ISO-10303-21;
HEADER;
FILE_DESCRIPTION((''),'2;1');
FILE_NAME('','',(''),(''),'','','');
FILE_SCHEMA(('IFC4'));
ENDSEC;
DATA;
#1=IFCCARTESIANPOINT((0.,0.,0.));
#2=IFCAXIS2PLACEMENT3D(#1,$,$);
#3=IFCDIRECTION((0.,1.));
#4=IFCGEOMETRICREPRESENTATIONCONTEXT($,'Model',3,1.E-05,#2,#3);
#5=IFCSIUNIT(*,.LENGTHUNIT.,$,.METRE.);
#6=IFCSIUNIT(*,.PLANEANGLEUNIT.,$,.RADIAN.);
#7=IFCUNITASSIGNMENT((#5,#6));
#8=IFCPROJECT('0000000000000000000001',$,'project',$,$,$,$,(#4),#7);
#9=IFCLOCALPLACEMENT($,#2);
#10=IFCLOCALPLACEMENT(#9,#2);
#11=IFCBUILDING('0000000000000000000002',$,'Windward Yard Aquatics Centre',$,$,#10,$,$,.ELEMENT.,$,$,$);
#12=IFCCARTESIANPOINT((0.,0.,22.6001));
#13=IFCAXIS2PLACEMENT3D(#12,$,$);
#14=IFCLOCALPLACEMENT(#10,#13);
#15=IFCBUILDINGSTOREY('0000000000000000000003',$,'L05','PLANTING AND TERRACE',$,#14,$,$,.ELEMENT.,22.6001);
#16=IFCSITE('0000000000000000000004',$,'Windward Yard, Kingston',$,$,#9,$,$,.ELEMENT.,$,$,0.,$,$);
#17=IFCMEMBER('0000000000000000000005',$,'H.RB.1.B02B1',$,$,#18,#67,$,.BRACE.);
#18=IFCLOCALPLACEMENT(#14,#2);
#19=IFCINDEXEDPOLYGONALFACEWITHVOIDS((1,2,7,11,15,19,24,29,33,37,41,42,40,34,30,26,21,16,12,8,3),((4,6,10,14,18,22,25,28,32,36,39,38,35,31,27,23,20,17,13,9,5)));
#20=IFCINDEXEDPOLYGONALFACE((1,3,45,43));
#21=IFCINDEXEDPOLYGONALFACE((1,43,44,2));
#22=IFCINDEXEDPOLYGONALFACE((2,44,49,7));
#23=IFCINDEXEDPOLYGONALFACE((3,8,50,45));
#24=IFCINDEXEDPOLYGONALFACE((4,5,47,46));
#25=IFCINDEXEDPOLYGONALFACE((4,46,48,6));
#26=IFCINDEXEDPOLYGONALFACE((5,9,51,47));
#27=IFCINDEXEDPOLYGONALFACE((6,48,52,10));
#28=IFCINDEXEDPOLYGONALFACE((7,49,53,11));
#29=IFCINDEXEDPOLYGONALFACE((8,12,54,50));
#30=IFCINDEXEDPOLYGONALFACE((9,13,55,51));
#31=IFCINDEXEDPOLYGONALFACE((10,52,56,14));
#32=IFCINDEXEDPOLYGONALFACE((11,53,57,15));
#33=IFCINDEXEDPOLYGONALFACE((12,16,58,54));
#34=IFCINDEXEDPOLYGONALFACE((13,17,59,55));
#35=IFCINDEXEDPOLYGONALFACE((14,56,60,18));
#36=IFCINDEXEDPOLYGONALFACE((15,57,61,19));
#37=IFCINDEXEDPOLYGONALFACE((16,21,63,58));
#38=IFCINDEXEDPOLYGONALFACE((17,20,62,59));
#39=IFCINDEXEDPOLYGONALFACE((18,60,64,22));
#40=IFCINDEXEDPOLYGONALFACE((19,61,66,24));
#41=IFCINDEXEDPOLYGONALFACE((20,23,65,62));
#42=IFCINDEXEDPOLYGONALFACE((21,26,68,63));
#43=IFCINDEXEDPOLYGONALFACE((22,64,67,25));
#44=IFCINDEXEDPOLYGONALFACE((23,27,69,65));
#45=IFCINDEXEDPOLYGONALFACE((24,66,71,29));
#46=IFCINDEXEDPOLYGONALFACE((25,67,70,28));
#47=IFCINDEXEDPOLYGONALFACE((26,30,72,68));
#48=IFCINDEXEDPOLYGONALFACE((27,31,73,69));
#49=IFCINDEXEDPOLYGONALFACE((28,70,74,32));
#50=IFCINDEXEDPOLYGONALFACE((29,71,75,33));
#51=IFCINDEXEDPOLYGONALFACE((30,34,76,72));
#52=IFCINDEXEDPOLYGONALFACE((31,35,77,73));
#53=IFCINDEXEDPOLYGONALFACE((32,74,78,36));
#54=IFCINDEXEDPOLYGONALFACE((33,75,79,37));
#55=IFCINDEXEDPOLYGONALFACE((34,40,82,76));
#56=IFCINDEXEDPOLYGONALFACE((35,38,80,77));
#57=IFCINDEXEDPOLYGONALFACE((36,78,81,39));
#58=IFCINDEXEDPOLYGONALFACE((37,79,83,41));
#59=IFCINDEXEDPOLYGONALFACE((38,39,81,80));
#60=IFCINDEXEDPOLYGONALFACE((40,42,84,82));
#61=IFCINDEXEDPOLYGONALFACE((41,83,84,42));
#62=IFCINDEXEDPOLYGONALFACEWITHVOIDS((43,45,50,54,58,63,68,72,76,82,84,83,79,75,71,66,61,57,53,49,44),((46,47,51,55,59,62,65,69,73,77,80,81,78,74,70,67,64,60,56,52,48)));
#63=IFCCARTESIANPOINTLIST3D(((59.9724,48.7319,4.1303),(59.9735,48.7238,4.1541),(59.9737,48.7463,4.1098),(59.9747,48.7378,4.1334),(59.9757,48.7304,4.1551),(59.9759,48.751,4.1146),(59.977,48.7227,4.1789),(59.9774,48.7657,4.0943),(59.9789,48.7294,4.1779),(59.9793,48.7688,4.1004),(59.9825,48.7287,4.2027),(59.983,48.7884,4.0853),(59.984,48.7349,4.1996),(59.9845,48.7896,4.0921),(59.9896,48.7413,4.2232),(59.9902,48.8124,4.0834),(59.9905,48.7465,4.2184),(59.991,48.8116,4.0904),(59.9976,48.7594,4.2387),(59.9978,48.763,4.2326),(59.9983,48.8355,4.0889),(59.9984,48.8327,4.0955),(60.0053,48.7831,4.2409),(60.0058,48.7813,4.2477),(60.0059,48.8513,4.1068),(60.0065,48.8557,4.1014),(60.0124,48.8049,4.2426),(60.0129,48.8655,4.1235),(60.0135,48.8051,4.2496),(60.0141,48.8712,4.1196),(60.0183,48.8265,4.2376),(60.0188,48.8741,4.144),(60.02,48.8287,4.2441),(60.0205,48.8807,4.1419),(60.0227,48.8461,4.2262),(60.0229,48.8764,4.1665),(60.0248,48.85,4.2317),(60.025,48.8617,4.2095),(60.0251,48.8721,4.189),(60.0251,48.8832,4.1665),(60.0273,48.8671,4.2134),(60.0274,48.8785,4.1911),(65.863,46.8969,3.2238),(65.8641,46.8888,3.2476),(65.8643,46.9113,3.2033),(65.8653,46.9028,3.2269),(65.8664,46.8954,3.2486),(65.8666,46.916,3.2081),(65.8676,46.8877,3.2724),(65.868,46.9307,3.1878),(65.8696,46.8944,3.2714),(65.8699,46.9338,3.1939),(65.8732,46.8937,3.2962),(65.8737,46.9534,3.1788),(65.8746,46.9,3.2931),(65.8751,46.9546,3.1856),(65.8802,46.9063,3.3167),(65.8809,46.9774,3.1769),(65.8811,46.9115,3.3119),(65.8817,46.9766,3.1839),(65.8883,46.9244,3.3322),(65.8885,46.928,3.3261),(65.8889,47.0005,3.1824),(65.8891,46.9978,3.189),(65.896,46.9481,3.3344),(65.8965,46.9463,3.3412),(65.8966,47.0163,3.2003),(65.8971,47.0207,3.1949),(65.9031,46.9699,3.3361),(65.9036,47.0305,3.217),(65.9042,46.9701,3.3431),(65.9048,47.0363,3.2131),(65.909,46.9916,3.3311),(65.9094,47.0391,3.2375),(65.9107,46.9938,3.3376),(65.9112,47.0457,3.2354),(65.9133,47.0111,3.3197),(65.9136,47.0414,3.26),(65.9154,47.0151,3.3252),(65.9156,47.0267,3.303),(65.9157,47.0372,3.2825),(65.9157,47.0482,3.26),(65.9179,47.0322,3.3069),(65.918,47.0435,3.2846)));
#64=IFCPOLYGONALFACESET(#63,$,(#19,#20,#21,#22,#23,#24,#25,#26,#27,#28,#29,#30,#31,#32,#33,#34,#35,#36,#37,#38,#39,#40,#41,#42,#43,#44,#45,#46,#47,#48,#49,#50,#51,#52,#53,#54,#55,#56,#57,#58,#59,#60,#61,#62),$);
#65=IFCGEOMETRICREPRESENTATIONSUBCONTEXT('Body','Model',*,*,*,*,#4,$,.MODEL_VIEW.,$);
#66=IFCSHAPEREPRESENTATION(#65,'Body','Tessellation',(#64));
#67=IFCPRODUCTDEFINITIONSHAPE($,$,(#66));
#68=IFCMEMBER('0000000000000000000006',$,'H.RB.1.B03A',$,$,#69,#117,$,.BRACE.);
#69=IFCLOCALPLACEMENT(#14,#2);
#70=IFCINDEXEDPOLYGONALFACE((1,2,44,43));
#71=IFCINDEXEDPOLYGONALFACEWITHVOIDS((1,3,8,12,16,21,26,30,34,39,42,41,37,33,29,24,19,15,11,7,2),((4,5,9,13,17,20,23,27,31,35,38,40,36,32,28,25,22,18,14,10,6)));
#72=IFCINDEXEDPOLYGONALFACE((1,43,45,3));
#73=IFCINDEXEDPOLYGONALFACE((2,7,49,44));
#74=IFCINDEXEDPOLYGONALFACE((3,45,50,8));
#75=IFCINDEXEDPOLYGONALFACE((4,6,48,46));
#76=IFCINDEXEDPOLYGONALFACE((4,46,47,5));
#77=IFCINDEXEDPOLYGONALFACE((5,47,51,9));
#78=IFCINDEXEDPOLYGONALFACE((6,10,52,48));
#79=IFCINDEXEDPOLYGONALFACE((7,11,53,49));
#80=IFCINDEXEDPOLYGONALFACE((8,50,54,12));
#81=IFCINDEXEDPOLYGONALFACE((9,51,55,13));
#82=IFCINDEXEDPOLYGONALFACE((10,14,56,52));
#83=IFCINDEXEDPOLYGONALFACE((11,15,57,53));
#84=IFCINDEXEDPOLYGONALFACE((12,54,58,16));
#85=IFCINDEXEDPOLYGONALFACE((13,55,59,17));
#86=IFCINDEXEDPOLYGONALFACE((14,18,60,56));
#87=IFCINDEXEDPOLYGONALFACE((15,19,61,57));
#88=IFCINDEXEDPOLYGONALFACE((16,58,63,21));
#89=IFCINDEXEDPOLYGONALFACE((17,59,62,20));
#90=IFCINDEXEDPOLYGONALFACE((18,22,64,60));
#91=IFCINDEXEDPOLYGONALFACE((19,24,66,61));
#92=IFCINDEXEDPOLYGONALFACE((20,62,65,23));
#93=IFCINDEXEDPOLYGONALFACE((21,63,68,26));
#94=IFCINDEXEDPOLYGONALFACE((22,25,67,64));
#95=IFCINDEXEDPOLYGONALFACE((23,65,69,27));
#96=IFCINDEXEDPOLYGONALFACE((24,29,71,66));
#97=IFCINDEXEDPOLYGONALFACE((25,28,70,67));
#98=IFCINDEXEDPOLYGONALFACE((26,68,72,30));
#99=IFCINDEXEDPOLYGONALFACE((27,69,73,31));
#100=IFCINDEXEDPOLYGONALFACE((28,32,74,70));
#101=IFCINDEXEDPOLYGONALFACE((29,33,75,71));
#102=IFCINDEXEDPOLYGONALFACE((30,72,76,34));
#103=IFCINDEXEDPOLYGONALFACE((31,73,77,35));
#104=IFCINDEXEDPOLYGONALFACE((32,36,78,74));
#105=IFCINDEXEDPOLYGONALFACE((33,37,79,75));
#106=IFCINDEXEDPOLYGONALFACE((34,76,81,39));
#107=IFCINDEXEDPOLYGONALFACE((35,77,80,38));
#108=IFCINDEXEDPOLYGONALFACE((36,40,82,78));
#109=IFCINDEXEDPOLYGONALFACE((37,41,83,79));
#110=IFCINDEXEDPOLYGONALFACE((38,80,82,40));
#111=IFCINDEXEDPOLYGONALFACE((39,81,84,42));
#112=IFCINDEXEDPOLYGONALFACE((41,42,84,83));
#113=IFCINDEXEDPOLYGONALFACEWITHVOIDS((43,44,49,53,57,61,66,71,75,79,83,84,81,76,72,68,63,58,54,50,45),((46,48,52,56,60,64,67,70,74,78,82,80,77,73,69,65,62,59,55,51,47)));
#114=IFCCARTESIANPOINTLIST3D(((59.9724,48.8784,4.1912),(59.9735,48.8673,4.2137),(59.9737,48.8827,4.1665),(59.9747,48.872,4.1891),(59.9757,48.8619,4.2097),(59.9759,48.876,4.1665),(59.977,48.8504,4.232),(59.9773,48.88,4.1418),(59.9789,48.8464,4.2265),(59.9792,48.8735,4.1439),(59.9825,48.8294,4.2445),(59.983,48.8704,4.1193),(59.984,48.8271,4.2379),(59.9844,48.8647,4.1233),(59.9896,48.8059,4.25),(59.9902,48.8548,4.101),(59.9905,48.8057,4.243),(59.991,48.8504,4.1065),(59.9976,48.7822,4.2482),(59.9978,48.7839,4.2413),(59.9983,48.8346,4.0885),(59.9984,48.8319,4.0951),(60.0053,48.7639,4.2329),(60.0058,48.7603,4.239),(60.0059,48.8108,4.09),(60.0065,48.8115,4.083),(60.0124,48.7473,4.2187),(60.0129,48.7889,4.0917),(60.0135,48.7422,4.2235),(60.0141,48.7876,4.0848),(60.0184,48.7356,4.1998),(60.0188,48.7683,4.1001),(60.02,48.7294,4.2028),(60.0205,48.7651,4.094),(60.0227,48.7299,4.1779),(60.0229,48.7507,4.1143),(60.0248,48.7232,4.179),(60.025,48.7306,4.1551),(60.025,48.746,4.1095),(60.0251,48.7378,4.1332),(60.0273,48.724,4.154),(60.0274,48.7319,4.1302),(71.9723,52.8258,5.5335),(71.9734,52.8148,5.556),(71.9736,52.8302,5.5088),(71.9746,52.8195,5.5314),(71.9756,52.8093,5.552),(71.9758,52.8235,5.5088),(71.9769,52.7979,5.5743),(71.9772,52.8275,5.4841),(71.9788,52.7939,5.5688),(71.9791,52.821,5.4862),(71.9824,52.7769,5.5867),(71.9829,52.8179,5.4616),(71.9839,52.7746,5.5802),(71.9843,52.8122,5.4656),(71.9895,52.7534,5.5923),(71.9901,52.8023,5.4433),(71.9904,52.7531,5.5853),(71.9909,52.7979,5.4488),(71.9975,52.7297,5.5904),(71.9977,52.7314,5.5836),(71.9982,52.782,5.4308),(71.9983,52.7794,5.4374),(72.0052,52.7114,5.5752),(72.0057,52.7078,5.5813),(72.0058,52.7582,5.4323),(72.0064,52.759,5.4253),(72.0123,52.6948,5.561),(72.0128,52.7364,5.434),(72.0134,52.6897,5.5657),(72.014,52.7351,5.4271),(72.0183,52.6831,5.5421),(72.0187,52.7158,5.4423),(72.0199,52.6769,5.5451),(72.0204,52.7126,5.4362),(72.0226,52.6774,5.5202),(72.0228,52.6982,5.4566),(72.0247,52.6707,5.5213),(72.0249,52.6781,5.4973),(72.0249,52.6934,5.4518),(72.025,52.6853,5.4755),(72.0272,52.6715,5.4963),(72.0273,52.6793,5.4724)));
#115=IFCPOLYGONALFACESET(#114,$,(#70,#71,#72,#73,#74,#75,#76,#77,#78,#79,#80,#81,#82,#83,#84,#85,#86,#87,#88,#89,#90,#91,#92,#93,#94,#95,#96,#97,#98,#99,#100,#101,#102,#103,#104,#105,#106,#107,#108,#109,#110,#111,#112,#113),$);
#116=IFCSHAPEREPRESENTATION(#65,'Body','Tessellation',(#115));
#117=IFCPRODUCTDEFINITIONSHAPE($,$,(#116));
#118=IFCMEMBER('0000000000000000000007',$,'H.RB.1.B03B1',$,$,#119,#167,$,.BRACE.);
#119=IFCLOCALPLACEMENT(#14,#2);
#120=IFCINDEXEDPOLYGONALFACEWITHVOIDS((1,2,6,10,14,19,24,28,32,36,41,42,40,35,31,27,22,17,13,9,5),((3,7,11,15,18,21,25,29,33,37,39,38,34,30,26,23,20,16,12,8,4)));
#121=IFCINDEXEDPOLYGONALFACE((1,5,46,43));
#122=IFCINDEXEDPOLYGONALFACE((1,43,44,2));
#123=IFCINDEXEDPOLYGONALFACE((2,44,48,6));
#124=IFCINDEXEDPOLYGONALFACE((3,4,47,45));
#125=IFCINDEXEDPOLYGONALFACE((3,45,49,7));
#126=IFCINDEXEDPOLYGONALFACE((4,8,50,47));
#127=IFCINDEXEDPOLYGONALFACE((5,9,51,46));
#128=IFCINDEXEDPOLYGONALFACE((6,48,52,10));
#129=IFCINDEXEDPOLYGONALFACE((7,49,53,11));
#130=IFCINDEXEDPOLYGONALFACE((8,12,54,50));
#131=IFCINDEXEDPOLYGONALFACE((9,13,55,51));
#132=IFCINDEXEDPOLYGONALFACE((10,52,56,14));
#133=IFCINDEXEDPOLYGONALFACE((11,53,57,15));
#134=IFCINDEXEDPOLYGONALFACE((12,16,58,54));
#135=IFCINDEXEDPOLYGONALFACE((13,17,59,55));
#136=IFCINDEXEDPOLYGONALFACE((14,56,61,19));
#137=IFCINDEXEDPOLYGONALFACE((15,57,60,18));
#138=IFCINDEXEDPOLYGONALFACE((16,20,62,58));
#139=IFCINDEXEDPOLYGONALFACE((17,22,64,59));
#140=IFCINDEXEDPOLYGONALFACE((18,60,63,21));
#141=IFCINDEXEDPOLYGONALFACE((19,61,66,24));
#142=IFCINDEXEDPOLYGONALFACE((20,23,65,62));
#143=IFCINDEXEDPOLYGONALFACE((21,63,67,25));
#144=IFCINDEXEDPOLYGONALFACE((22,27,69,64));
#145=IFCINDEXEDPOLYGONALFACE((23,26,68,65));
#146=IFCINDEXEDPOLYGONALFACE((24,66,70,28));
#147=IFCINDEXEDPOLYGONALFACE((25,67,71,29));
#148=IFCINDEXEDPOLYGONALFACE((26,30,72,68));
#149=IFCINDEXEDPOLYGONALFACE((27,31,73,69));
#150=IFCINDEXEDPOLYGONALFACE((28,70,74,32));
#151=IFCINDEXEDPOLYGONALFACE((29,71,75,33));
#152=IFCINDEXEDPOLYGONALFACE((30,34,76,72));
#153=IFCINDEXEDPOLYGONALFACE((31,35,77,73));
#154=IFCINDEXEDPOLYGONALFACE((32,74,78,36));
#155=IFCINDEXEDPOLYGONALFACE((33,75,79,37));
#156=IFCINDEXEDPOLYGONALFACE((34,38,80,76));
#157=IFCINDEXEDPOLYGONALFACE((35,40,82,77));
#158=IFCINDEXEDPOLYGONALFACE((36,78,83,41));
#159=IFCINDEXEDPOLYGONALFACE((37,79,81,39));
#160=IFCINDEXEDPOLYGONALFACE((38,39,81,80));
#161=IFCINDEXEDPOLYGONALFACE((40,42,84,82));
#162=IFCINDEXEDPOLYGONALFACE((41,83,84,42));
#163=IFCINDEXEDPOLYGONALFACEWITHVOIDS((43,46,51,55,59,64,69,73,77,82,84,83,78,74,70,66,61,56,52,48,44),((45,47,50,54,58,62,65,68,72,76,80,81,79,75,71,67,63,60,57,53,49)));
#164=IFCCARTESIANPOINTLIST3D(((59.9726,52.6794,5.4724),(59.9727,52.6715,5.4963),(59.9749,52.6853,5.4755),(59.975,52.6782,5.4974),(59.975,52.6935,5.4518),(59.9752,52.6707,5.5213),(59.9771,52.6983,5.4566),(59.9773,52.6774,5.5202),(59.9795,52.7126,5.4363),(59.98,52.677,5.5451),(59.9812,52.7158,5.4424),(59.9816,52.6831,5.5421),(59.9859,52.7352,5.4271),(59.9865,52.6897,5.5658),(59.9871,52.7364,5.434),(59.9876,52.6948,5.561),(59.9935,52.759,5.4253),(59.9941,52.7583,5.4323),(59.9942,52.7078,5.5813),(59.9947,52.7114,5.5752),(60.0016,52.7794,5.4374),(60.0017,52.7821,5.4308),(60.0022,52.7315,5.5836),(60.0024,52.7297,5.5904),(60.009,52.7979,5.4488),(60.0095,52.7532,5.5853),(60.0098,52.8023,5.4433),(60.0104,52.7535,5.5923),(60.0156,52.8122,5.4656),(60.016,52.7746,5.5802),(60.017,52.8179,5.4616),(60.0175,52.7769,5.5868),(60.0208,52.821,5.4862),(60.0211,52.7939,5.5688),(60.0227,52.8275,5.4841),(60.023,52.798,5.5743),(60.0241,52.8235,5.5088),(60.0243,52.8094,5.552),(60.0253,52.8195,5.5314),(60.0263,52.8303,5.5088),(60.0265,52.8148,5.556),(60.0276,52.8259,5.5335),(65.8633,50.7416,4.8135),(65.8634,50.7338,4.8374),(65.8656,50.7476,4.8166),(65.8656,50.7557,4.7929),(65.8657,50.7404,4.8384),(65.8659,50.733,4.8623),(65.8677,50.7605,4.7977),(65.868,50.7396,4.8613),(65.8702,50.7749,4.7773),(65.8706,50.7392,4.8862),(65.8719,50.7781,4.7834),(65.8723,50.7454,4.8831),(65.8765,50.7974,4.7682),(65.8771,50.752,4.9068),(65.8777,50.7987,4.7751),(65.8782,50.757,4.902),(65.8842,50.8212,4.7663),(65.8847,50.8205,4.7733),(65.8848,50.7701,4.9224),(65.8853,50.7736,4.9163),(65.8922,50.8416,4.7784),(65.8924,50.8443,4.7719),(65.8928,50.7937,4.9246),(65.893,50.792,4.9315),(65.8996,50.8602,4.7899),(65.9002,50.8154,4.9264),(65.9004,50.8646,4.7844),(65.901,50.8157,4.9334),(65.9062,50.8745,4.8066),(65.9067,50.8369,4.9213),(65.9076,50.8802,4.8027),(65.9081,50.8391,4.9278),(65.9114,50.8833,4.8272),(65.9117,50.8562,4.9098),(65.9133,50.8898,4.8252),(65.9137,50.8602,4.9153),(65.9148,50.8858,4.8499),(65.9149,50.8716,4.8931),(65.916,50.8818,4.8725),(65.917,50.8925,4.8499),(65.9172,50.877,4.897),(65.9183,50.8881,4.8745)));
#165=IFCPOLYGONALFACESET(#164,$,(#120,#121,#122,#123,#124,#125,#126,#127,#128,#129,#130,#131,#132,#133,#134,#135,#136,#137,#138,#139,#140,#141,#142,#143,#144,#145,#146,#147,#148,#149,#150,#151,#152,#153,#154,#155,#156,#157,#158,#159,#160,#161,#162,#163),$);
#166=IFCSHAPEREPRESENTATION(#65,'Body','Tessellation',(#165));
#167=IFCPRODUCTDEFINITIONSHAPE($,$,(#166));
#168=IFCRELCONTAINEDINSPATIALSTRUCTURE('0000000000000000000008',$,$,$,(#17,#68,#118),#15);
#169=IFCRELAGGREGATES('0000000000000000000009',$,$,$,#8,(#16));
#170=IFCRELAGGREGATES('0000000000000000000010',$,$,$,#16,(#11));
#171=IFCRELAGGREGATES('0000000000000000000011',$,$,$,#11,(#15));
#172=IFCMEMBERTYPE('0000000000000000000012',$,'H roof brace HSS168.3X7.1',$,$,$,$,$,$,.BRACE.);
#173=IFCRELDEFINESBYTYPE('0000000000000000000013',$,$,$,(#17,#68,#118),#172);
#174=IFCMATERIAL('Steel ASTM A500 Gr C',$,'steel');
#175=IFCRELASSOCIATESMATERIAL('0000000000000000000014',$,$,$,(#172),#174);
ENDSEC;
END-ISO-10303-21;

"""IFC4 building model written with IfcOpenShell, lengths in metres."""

from ifc_helpers import new_model, si_unit, direction, frame, origin, origin_2d, place, context, subcontext, project, spatial, hollow_circle, extrude, material, material_profile, profile_set, type_object, element, save


model = new_model("IFC4")

# Units and contexts
model_context = context("Model", 3, precision=1e-05, world=origin(), true_north=direction((0.0, 1.0)))
body_context = subcontext(model_context, "Body", "Model", "MODEL_VIEW")
ifc_project = project(units=[si_unit("LENGTHUNIT", "METRE"), si_unit("PLANEANGLEUNIT", "RADIAN")], contexts=[model_context])

# Site, building, storey
site_placement = place(None, origin())
site = spatial("IfcSite", under=ifc_project, at=site_placement, Name="Windward Yard, Kingston", CompositionType="ELEMENT", RefElevation=0.0)
building_placement = place(site_placement, origin())
building = spatial("IfcBuilding", under=site, at=building_placement, Name="Windward Yard Aquatics Centre", CompositionType="ELEMENT")
storey_placement = place(building_placement, frame((0.0, 0.0, 22.6001)))
storey = spatial("IfcBuildingStorey", under=building, at=storey_placement, Name="L05", Description="PLANTING AND TERRACE", CompositionType="ELEMENT", Elevation=22.6001)

# Members
ifc_material_1 = material(Name="Steel ASTM A500 Gr C", Category="steel")
ifc_material_profile_1 = material_profile(ifc_material_1, hollow_circle(Radius=0.0842, WallThickness=0.0071, at=origin_2d()), Name="HSS168.3X7.1")
ifc_profile_set_1 = profile_set([ifc_material_profile_1], Name="Steel ASTM A500 Gr C")
member_type_1 = type_object("IfcMemberType", Name="H roof brace HSS168.3X7.1", PredefinedType="BRACE", material=ifc_profile_set_1)
member_1_placement = place(storey_placement, frame((60.0, 48.8027, 4.1665), z_axis=(0.944609, -0.294251, -0.145364), x_axis=(0.29741, 0.95475, 0.0)))
element("IfcMember", 1, at=member_1_placement, inside=storey, type_object=member_type_1, Name="H.RB.1.B02B1", PredefinedType="BRACE", context=body_context, shape_type="SweptSolid", body=[
    extrude(hollow_circle(Radius=0.0842, WallThickness=0.0071, at=origin_2d()), origin(), (0.0, 0.0, 1.0), 6.2361),
])
member_2_placement = place(storey_placement, frame((60.0, 48.8027, 4.1665), z_axis=(0.944605, 0.310736, 0.105661), x_axis=(-0.312486, 0.949922, 0.0)))
element("IfcMember", 2, at=member_2_placement, inside=storey, type_object=member_type_1, Name="H.RB.1.B03A", PredefinedType="BRACE", context=body_context, shape_type="SweptSolid", body=[
    extrude(hollow_circle(Radius=0.0842, WallThickness=0.0071, at=origin_2d()), origin(), (0.0, 0.0, 1.0), 12.7036),
])
member_3_placement = place(storey_placement, frame((60.0, 52.7502, 5.5088), z_axis=(0.944606, -0.310732, -0.105665), x_axis=(0.312481, 0.949924, 0.0)))
element("IfcMember", 3, at=member_3_placement, inside=storey, type_object=member_type_1, Name="H.RB.1.B03B1", PredefinedType="BRACE", context=body_context, shape_type="SweptSolid", body=[
    extrude(hollow_circle(Radius=0.0842, WallThickness=0.0071, at=origin_2d()), origin(), (0.0, 0.0, 1.0), 6.2361),
])

save(model, "model.ifc")
